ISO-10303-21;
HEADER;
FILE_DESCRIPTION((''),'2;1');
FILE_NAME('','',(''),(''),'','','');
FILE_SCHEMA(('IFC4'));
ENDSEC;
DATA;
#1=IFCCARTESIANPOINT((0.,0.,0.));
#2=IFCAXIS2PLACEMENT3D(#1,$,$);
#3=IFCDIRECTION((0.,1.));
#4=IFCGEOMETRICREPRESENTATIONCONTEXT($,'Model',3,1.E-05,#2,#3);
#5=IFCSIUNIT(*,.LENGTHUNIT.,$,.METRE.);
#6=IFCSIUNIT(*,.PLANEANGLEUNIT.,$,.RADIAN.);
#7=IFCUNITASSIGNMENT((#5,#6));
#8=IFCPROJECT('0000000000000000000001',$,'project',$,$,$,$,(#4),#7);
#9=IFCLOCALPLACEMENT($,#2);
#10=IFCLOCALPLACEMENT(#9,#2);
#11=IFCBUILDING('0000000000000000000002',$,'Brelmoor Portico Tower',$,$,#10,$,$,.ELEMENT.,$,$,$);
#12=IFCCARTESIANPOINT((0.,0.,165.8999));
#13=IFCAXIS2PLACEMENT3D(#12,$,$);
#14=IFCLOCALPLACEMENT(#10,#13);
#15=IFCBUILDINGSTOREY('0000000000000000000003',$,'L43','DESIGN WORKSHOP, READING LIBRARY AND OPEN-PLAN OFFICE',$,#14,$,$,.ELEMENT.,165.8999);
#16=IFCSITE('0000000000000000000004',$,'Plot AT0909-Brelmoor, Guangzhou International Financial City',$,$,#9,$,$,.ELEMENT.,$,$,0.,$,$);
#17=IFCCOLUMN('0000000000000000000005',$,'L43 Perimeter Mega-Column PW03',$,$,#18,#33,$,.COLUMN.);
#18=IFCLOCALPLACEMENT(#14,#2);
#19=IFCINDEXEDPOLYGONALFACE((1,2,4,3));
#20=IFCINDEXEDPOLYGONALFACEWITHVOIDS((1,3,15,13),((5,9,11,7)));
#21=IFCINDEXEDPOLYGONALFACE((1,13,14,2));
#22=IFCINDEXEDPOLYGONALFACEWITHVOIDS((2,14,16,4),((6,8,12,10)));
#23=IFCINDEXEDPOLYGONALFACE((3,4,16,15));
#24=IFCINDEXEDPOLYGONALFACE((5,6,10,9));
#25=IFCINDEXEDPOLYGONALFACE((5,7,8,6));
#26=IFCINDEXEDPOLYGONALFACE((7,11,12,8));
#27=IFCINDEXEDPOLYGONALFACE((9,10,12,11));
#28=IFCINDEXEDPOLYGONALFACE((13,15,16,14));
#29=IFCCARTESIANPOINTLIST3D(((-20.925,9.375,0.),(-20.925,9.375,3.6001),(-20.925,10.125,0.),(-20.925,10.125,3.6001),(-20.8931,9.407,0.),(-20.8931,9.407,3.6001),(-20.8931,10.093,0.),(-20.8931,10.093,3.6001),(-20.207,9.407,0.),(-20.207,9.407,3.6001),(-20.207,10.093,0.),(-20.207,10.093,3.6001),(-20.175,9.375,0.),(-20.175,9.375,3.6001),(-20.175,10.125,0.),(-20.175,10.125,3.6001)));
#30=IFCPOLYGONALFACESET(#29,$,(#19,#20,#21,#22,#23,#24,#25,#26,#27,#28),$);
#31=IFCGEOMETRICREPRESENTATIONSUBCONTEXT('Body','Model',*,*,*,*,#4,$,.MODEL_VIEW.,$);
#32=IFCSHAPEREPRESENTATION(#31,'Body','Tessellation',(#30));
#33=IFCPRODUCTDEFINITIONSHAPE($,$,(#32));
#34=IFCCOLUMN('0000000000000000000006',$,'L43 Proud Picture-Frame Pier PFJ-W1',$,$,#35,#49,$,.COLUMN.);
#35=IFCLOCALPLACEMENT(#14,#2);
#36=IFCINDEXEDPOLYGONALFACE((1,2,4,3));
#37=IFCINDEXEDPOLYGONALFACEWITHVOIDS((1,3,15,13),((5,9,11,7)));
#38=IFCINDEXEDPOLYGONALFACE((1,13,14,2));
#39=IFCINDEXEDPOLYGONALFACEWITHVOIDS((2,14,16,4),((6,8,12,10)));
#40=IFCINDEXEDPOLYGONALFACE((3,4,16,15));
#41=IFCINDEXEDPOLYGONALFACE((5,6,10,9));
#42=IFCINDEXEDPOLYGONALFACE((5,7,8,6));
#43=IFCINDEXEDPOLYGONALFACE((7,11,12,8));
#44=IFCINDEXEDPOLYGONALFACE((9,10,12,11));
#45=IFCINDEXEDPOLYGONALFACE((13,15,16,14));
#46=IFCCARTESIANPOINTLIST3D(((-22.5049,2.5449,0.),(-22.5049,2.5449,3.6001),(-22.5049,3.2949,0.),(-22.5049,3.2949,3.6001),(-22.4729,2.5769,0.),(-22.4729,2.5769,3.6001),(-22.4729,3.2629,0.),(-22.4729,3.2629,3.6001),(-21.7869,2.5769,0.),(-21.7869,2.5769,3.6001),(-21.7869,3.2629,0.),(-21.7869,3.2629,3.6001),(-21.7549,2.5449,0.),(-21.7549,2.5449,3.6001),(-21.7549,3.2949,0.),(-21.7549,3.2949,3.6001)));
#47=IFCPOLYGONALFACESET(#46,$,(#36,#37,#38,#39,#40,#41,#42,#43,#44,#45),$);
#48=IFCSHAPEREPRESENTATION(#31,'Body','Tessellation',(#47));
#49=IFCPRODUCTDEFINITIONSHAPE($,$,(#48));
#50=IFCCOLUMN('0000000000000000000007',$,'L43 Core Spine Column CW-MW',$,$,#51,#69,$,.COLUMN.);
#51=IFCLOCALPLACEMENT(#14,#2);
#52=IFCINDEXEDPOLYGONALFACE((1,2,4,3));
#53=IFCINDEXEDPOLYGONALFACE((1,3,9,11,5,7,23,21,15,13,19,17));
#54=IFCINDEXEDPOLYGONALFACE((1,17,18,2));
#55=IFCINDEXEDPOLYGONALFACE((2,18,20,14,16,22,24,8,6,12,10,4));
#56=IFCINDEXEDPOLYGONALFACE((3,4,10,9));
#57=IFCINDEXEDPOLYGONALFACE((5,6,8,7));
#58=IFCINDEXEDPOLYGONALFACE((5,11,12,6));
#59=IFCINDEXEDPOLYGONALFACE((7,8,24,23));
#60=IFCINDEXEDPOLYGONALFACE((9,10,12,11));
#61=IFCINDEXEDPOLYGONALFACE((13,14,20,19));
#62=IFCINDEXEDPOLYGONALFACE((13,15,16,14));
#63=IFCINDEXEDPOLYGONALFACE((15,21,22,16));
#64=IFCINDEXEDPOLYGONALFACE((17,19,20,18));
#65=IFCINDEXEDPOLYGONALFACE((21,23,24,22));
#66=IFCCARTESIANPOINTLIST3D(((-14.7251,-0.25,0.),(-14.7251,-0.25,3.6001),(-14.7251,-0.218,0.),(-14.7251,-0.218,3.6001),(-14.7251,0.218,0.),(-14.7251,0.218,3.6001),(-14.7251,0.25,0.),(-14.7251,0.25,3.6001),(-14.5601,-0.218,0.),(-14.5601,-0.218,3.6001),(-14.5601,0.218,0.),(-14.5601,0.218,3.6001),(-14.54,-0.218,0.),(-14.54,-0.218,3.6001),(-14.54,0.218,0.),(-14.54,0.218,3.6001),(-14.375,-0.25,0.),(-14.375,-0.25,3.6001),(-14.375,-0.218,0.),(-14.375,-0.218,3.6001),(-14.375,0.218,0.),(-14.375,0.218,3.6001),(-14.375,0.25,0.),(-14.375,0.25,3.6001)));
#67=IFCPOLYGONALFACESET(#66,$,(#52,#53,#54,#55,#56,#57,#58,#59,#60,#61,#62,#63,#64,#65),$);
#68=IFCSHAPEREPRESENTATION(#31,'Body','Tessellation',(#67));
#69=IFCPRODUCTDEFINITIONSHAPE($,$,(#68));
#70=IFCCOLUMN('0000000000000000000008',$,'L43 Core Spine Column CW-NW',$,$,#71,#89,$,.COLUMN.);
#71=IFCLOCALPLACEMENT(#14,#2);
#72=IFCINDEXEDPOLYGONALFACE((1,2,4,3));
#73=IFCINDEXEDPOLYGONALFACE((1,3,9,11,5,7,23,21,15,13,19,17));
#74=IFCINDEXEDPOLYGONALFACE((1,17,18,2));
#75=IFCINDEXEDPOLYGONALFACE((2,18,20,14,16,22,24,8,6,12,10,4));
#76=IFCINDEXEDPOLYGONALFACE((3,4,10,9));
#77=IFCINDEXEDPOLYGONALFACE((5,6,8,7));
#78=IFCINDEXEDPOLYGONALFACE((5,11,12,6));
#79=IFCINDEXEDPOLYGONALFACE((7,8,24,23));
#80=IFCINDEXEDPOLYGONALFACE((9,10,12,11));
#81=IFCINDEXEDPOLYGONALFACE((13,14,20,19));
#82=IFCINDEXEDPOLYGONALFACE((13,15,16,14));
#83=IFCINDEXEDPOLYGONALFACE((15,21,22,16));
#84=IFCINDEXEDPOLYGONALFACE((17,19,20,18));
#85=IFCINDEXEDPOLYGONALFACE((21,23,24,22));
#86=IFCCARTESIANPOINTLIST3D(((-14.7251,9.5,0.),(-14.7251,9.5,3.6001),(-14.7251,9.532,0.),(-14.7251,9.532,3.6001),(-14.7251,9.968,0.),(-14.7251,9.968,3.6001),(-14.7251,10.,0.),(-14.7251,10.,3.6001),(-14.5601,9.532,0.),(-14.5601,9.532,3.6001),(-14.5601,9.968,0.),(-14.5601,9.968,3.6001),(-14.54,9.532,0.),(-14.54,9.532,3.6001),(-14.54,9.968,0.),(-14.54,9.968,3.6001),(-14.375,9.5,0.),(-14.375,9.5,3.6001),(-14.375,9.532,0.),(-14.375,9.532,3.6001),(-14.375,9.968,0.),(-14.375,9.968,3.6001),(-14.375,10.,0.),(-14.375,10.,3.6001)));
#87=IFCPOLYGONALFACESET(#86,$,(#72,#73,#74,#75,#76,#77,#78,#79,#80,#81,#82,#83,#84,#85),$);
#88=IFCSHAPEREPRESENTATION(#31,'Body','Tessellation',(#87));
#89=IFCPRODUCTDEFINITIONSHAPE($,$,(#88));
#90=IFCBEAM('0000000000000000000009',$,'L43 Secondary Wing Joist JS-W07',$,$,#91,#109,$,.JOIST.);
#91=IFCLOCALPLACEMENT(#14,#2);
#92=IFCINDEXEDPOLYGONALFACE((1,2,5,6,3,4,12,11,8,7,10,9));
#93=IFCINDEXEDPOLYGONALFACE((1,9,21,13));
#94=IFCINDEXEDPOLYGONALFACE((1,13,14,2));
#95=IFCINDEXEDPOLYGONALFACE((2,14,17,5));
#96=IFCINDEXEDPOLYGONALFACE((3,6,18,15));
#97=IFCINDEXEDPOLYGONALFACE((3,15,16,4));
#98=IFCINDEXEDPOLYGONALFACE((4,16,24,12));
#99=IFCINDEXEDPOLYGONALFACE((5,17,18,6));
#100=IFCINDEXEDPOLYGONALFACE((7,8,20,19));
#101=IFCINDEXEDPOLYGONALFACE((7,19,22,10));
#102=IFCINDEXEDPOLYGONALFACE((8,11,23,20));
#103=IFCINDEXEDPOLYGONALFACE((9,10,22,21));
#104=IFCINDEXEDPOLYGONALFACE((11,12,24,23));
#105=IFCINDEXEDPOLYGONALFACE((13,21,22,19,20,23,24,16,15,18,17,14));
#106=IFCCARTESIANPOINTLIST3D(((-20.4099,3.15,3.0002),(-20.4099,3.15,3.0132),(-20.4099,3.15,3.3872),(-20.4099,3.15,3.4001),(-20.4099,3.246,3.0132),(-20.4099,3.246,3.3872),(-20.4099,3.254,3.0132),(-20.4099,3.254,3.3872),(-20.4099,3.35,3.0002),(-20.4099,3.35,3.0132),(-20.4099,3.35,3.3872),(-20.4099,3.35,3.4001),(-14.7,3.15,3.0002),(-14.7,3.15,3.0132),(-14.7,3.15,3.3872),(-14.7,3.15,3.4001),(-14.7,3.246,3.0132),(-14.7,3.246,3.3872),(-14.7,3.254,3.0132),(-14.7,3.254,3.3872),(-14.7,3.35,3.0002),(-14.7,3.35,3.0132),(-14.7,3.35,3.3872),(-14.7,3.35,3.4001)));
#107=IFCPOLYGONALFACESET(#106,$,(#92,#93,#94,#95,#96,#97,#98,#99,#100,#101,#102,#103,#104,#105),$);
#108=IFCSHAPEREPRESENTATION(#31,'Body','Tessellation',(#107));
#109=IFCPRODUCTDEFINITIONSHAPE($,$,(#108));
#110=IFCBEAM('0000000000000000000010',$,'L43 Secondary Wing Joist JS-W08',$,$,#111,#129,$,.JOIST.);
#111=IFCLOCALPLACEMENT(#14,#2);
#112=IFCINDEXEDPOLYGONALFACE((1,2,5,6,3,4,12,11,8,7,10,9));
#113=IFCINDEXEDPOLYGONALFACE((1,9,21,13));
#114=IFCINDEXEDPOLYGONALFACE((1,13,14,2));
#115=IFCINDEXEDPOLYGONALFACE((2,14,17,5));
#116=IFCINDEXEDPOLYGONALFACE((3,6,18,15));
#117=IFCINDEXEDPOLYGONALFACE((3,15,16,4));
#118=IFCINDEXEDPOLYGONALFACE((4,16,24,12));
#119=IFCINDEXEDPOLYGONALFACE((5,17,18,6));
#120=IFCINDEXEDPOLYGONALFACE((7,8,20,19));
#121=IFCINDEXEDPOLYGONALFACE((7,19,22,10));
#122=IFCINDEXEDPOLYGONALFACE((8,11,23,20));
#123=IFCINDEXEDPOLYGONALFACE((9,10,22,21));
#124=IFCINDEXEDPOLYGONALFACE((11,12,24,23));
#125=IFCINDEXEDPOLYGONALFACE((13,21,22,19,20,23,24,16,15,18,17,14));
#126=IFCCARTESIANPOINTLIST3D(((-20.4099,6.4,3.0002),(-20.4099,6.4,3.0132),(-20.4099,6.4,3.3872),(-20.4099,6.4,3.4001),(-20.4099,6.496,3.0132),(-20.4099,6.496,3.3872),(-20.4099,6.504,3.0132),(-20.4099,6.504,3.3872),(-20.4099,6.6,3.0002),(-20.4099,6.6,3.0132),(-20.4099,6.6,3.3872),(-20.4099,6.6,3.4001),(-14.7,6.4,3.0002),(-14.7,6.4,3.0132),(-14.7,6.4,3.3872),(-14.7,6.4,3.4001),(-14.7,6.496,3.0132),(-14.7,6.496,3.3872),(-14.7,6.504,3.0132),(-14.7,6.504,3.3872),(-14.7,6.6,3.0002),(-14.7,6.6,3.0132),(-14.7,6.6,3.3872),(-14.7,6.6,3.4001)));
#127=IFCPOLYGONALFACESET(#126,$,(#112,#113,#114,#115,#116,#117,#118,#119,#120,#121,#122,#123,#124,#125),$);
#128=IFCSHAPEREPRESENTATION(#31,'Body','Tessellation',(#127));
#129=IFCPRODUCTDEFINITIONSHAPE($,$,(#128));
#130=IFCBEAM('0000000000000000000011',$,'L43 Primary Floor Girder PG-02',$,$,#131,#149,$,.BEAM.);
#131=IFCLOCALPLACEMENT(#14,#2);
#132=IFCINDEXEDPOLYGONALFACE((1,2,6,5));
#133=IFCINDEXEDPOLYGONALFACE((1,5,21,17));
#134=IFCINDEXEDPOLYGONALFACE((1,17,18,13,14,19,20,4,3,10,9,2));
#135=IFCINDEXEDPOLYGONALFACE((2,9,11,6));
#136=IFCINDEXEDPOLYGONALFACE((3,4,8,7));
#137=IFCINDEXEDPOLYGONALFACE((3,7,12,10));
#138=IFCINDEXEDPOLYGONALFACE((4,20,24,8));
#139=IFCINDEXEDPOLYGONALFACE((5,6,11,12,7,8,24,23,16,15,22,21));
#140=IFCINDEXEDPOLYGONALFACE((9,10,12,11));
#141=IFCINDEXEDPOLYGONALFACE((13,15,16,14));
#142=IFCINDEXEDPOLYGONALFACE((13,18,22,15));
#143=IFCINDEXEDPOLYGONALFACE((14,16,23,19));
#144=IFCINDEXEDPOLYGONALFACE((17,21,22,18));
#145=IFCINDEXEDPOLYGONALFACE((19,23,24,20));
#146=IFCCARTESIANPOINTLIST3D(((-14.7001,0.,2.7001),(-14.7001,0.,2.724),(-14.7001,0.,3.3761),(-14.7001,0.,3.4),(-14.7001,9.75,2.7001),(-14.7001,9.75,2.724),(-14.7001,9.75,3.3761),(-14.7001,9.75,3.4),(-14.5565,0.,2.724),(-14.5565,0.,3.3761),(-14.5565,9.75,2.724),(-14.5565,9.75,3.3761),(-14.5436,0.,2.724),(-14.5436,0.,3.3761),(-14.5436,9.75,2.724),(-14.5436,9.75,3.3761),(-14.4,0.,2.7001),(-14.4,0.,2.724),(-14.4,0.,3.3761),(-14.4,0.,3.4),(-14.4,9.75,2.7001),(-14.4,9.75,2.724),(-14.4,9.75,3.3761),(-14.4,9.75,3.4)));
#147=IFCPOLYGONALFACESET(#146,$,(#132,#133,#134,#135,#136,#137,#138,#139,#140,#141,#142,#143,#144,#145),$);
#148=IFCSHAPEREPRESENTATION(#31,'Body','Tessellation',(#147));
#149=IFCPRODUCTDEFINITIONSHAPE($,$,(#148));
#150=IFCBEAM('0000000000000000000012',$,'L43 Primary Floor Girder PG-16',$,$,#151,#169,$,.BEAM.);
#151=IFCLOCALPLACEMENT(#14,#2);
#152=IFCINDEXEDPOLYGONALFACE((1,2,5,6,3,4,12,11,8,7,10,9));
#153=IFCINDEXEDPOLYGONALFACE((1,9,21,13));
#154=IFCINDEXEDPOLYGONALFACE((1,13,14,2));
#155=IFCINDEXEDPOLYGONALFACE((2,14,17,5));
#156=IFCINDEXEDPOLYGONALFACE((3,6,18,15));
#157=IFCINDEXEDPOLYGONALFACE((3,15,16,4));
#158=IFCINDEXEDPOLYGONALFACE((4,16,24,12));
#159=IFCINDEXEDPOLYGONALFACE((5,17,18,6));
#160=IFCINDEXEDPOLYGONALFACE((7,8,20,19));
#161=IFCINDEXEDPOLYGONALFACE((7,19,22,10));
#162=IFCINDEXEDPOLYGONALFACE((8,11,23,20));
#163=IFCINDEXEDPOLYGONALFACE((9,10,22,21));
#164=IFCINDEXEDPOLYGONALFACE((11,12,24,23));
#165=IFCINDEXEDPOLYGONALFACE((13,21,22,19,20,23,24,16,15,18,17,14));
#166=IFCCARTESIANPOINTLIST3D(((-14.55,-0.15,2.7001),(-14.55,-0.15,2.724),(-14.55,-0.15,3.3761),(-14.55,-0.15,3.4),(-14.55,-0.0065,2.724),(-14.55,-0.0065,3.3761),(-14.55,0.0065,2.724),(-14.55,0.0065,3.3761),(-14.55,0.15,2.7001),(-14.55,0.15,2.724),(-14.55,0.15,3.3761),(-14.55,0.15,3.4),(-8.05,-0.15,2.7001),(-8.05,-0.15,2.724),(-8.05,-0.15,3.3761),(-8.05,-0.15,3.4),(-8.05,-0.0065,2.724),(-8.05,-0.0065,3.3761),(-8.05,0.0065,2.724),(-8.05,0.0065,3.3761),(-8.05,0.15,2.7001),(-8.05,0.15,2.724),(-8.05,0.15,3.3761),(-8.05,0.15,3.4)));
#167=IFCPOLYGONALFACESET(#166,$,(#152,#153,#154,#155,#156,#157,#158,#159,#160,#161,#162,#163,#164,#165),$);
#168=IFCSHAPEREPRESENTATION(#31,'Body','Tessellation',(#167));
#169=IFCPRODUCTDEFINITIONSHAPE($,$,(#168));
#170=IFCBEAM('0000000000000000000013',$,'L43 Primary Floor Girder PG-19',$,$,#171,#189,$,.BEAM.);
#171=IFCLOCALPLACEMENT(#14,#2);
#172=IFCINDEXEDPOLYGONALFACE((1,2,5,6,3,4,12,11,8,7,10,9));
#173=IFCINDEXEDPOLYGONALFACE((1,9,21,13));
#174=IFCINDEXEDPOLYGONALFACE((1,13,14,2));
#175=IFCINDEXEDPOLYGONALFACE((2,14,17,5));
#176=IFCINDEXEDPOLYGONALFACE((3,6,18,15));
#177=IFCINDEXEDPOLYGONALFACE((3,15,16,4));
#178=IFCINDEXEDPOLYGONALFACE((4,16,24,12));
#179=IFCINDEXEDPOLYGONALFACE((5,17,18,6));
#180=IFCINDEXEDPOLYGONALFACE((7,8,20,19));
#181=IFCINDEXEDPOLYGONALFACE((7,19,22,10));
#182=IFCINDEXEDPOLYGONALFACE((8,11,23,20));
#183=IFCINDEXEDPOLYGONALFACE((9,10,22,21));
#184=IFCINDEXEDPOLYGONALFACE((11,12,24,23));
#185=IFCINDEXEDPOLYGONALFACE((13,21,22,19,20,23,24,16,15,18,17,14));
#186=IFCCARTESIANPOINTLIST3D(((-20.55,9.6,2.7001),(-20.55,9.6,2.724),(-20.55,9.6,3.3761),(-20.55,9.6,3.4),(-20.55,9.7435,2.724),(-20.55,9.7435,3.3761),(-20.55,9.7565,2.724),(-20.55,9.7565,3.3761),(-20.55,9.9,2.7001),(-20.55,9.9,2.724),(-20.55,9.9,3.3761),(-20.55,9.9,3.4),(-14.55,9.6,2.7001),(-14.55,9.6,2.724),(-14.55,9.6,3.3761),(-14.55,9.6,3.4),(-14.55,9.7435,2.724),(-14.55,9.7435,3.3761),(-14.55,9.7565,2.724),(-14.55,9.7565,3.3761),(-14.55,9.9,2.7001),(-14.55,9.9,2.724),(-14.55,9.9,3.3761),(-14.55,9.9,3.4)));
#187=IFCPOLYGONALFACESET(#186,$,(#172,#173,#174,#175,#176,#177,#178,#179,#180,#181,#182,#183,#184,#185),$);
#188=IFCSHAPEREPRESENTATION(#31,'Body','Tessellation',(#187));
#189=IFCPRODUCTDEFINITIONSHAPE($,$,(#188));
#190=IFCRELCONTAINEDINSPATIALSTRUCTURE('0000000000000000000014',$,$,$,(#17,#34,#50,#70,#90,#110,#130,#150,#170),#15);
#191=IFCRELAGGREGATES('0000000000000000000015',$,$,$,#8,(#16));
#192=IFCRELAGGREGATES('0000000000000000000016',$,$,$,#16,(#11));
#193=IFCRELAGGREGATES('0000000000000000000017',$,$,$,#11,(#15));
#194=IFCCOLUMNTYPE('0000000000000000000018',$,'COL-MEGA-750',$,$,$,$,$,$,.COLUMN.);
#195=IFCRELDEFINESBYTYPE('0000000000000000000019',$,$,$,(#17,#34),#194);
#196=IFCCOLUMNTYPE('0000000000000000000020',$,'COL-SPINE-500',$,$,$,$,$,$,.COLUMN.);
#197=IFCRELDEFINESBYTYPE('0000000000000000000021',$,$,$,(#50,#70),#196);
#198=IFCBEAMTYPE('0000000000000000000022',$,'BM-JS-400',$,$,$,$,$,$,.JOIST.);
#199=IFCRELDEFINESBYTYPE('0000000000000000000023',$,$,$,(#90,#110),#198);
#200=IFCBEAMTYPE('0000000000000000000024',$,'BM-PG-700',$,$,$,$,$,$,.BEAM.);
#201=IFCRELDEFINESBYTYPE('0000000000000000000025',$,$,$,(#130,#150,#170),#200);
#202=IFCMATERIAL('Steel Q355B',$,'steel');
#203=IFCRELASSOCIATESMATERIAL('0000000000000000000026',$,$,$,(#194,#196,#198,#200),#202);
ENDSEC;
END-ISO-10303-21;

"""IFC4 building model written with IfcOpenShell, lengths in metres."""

from ifc_helpers import new_model, si_unit, direction, frame, origin, origin_2d, place, context, subcontext, project, spatial, hollow_rectangle, i_section, extrude, material, material_profile, profile_set, type_object, element, save


model = new_model("IFC4")

# Units and contexts
model_context = context("Model", 3, precision=1e-05, world=origin(), true_north=direction((0.0, 1.0)))
body_context = subcontext(model_context, "Body", "Model", "MODEL_VIEW")
ifc_project = project(units=[si_unit("LENGTHUNIT", "METRE"), si_unit("PLANEANGLEUNIT", "RADIAN")], contexts=[model_context])

# Site, building, storey
site_placement = place(None, origin())
site = spatial("IfcSite", under=ifc_project, at=site_placement, Name="Plot AT0909-Brelmoor, Guangzhou International Financial City", CompositionType="ELEMENT", RefElevation=0.0)
building_placement = place(site_placement, origin())
building = spatial("IfcBuilding", under=site, at=building_placement, Name="Brelmoor Portico Tower", CompositionType="ELEMENT")
storey_placement = place(building_placement, frame((0.0, 0.0, 165.8999)))
storey = spatial("IfcBuildingStorey", under=building, at=storey_placement, Name="L43", Description="DESIGN WORKSHOP, READING LIBRARY AND OPEN-PLAN OFFICE", CompositionType="ELEMENT", Elevation=165.8999)

# Columns
ifc_material_1 = material(Name="Steel Q355B", Category="steel")
ifc_material_profile_1 = material_profile(ifc_material_1, hollow_rectangle(XDim=0.75, YDim=0.75, WallThickness=0.032, at=origin_2d()), Name="BOX 750x750x32")
ifc_profile_set_1 = profile_set([ifc_material_profile_1], Name="Steel Q355B")
column_type_1 = type_object("IfcColumnType", Name="COL-MEGA-750", PredefinedType="COLUMN", material=ifc_profile_set_1)
for number, where, z_axis, x_axis, name in (
    (1, (-20.55, 9.75, 0.0), (0.0, 0.0, 1.0), (0.0, 1.0, 0.0), "L43 Perimeter Mega-Column PW03"),
    (2, (-22.1299, 2.9199, 0.0), (0.0, 0.0, 1.0), (0.0, 1.0, 0.0), "L43 Proud Picture-Frame Pier PFJ-W1"),
):
    element("IfcColumn", number, at=place(storey_placement, frame(where, z_axis=z_axis, x_axis=x_axis)), inside=storey, type_object=column_type_1, Name=name, PredefinedType="COLUMN", context=body_context, shape_type="SweptSolid", body=[
        extrude(hollow_rectangle(XDim=0.75, YDim=0.75, WallThickness=0.032, at=origin_2d()), origin(), (0.0, 0.0, 1.0), 3.6001),
    ])
ifc_material_profile_2 = material_profile(ifc_material_1, i_section(OverallWidth=0.3501, OverallDepth=0.5, WebThickness=0.02, FlangeThickness=0.032, at=origin_2d()), Name="HW 500x350x20x32")
ifc_profile_set_2 = profile_set([ifc_material_profile_2], Name="Steel Q355B")
column_type_2 = type_object("IfcColumnType", Name="COL-SPINE-500", PredefinedType="COLUMN", material=ifc_profile_set_2)
for number, where, z_axis, x_axis, name in (
    (3, (-14.55, 0.0, 0.0), (0.0, 0.0, 1.0), (1.0, 0.0, 0.0), "L43 Core Spine Column CW-MW"),
    (4, (-14.55, 9.75, 0.0), (0.0, 0.0, 1.0), (1.0, 0.0, 0.0), "L43 Core Spine Column CW-NW"),
):
    element("IfcColumn", number, at=place(storey_placement, frame(where, z_axis=z_axis, x_axis=x_axis)), inside=storey, type_object=column_type_2, Name=name, PredefinedType="COLUMN", context=body_context, shape_type="SweptSolid", body=[
        extrude(i_section(OverallWidth=0.3501, OverallDepth=0.5, WebThickness=0.02, FlangeThickness=0.032, at=origin_2d()), origin(), (0.0, 0.0, 1.0), 3.6001),
    ])

# Beams
ifc_material_profile_3 = material_profile(ifc_material_1, i_section(OverallWidth=0.2, OverallDepth=0.3999, WebThickness=0.0081, FlangeThickness=0.0129, at=origin_2d()), Name="HN 400x200x8x13")
ifc_profile_set_3 = profile_set([ifc_material_profile_3], Name="Steel Q355B")
beam_type_1 = type_object("IfcBeamType", Name="BM-JS-400", PredefinedType="JOIST", material=ifc_profile_set_3)
for number, where, z_axis, x_axis, name in (
    (5, (-20.4099, 3.25, 3.2002), (1.0, 0.0, 0.0), (0.0, 1.0, 0.0), "L43 Secondary Wing Joist JS-W07"),
    (6, (-20.4099, 6.5, 3.2002), (1.0, 0.0, 0.0), (0.0, 1.0, 0.0), "L43 Secondary Wing Joist JS-W08"),
):
    element("IfcBeam", number, at=place(storey_placement, frame(where, z_axis=z_axis, x_axis=x_axis)), inside=storey, type_object=beam_type_1, Name=name, PredefinedType="JOIST", context=body_context, shape_type="SweptSolid", body=[
        extrude(i_section(OverallWidth=0.2, OverallDepth=0.3999, WebThickness=0.0081, FlangeThickness=0.0129, at=origin_2d()), origin(), (0.0, 0.0, 1.0), 5.71),
    ])
ifc_material_profile_4 = material_profile(ifc_material_1, i_section(OverallWidth=0.3, OverallDepth=0.7, WebThickness=0.0129, FlangeThickness=0.0239, at=origin_2d()), Name="HN 700x300x13x24")
ifc_profile_set_4 = profile_set([ifc_material_profile_4], Name="Steel Q355B")
beam_type_2 = type_object("IfcBeamType", Name="BM-PG-700", PredefinedType="BEAM", material=ifc_profile_set_4)
beam_1_placement = place(storey_placement, frame((-14.55, 0.0, 3.05), z_axis=(0.0, 1.0, 0.0), x_axis=(-1.0, 0.0, 0.0)))
element("IfcBeam", 7, at=beam_1_placement, inside=storey, type_object=beam_type_2, Name="L43 Primary Floor Girder PG-02", PredefinedType="BEAM", context=body_context, shape_type="SweptSolid", body=[
    extrude(i_section(OverallWidth=0.3, OverallDepth=0.7, WebThickness=0.0129, FlangeThickness=0.0239, at=origin_2d()), origin(), (0.0, 0.0, 1.0), 9.75),
])
beam_2_placement = place(storey_placement, frame((-14.55, 0.0, 3.05), z_axis=(1.0, 0.0, 0.0), x_axis=(0.0, 1.0, 0.0)))
element("IfcBeam", 8, at=beam_2_placement, inside=storey, type_object=beam_type_2, Name="L43 Primary Floor Girder PG-16", PredefinedType="BEAM", context=body_context, shape_type="SweptSolid", body=[
    extrude(i_section(OverallWidth=0.3, OverallDepth=0.7, WebThickness=0.0129, FlangeThickness=0.0239, at=origin_2d()), origin(), (0.0, 0.0, 1.0), 6.5),
])
beam_3_placement = place(storey_placement, frame((-20.55, 9.75, 3.05), z_axis=(1.0, 0.0, 0.0), x_axis=(0.0, 1.0, 0.0)))
element("IfcBeam", 9, at=beam_3_placement, inside=storey, type_object=beam_type_2, Name="L43 Primary Floor Girder PG-19", PredefinedType="BEAM", context=body_context, shape_type="SweptSolid", body=[
    extrude(i_section(OverallWidth=0.3, OverallDepth=0.7, WebThickness=0.0129, FlangeThickness=0.0239, at=origin_2d()), origin(), (0.0, 0.0, 1.0), 6.0),
])

save(model, "model.ifc")
